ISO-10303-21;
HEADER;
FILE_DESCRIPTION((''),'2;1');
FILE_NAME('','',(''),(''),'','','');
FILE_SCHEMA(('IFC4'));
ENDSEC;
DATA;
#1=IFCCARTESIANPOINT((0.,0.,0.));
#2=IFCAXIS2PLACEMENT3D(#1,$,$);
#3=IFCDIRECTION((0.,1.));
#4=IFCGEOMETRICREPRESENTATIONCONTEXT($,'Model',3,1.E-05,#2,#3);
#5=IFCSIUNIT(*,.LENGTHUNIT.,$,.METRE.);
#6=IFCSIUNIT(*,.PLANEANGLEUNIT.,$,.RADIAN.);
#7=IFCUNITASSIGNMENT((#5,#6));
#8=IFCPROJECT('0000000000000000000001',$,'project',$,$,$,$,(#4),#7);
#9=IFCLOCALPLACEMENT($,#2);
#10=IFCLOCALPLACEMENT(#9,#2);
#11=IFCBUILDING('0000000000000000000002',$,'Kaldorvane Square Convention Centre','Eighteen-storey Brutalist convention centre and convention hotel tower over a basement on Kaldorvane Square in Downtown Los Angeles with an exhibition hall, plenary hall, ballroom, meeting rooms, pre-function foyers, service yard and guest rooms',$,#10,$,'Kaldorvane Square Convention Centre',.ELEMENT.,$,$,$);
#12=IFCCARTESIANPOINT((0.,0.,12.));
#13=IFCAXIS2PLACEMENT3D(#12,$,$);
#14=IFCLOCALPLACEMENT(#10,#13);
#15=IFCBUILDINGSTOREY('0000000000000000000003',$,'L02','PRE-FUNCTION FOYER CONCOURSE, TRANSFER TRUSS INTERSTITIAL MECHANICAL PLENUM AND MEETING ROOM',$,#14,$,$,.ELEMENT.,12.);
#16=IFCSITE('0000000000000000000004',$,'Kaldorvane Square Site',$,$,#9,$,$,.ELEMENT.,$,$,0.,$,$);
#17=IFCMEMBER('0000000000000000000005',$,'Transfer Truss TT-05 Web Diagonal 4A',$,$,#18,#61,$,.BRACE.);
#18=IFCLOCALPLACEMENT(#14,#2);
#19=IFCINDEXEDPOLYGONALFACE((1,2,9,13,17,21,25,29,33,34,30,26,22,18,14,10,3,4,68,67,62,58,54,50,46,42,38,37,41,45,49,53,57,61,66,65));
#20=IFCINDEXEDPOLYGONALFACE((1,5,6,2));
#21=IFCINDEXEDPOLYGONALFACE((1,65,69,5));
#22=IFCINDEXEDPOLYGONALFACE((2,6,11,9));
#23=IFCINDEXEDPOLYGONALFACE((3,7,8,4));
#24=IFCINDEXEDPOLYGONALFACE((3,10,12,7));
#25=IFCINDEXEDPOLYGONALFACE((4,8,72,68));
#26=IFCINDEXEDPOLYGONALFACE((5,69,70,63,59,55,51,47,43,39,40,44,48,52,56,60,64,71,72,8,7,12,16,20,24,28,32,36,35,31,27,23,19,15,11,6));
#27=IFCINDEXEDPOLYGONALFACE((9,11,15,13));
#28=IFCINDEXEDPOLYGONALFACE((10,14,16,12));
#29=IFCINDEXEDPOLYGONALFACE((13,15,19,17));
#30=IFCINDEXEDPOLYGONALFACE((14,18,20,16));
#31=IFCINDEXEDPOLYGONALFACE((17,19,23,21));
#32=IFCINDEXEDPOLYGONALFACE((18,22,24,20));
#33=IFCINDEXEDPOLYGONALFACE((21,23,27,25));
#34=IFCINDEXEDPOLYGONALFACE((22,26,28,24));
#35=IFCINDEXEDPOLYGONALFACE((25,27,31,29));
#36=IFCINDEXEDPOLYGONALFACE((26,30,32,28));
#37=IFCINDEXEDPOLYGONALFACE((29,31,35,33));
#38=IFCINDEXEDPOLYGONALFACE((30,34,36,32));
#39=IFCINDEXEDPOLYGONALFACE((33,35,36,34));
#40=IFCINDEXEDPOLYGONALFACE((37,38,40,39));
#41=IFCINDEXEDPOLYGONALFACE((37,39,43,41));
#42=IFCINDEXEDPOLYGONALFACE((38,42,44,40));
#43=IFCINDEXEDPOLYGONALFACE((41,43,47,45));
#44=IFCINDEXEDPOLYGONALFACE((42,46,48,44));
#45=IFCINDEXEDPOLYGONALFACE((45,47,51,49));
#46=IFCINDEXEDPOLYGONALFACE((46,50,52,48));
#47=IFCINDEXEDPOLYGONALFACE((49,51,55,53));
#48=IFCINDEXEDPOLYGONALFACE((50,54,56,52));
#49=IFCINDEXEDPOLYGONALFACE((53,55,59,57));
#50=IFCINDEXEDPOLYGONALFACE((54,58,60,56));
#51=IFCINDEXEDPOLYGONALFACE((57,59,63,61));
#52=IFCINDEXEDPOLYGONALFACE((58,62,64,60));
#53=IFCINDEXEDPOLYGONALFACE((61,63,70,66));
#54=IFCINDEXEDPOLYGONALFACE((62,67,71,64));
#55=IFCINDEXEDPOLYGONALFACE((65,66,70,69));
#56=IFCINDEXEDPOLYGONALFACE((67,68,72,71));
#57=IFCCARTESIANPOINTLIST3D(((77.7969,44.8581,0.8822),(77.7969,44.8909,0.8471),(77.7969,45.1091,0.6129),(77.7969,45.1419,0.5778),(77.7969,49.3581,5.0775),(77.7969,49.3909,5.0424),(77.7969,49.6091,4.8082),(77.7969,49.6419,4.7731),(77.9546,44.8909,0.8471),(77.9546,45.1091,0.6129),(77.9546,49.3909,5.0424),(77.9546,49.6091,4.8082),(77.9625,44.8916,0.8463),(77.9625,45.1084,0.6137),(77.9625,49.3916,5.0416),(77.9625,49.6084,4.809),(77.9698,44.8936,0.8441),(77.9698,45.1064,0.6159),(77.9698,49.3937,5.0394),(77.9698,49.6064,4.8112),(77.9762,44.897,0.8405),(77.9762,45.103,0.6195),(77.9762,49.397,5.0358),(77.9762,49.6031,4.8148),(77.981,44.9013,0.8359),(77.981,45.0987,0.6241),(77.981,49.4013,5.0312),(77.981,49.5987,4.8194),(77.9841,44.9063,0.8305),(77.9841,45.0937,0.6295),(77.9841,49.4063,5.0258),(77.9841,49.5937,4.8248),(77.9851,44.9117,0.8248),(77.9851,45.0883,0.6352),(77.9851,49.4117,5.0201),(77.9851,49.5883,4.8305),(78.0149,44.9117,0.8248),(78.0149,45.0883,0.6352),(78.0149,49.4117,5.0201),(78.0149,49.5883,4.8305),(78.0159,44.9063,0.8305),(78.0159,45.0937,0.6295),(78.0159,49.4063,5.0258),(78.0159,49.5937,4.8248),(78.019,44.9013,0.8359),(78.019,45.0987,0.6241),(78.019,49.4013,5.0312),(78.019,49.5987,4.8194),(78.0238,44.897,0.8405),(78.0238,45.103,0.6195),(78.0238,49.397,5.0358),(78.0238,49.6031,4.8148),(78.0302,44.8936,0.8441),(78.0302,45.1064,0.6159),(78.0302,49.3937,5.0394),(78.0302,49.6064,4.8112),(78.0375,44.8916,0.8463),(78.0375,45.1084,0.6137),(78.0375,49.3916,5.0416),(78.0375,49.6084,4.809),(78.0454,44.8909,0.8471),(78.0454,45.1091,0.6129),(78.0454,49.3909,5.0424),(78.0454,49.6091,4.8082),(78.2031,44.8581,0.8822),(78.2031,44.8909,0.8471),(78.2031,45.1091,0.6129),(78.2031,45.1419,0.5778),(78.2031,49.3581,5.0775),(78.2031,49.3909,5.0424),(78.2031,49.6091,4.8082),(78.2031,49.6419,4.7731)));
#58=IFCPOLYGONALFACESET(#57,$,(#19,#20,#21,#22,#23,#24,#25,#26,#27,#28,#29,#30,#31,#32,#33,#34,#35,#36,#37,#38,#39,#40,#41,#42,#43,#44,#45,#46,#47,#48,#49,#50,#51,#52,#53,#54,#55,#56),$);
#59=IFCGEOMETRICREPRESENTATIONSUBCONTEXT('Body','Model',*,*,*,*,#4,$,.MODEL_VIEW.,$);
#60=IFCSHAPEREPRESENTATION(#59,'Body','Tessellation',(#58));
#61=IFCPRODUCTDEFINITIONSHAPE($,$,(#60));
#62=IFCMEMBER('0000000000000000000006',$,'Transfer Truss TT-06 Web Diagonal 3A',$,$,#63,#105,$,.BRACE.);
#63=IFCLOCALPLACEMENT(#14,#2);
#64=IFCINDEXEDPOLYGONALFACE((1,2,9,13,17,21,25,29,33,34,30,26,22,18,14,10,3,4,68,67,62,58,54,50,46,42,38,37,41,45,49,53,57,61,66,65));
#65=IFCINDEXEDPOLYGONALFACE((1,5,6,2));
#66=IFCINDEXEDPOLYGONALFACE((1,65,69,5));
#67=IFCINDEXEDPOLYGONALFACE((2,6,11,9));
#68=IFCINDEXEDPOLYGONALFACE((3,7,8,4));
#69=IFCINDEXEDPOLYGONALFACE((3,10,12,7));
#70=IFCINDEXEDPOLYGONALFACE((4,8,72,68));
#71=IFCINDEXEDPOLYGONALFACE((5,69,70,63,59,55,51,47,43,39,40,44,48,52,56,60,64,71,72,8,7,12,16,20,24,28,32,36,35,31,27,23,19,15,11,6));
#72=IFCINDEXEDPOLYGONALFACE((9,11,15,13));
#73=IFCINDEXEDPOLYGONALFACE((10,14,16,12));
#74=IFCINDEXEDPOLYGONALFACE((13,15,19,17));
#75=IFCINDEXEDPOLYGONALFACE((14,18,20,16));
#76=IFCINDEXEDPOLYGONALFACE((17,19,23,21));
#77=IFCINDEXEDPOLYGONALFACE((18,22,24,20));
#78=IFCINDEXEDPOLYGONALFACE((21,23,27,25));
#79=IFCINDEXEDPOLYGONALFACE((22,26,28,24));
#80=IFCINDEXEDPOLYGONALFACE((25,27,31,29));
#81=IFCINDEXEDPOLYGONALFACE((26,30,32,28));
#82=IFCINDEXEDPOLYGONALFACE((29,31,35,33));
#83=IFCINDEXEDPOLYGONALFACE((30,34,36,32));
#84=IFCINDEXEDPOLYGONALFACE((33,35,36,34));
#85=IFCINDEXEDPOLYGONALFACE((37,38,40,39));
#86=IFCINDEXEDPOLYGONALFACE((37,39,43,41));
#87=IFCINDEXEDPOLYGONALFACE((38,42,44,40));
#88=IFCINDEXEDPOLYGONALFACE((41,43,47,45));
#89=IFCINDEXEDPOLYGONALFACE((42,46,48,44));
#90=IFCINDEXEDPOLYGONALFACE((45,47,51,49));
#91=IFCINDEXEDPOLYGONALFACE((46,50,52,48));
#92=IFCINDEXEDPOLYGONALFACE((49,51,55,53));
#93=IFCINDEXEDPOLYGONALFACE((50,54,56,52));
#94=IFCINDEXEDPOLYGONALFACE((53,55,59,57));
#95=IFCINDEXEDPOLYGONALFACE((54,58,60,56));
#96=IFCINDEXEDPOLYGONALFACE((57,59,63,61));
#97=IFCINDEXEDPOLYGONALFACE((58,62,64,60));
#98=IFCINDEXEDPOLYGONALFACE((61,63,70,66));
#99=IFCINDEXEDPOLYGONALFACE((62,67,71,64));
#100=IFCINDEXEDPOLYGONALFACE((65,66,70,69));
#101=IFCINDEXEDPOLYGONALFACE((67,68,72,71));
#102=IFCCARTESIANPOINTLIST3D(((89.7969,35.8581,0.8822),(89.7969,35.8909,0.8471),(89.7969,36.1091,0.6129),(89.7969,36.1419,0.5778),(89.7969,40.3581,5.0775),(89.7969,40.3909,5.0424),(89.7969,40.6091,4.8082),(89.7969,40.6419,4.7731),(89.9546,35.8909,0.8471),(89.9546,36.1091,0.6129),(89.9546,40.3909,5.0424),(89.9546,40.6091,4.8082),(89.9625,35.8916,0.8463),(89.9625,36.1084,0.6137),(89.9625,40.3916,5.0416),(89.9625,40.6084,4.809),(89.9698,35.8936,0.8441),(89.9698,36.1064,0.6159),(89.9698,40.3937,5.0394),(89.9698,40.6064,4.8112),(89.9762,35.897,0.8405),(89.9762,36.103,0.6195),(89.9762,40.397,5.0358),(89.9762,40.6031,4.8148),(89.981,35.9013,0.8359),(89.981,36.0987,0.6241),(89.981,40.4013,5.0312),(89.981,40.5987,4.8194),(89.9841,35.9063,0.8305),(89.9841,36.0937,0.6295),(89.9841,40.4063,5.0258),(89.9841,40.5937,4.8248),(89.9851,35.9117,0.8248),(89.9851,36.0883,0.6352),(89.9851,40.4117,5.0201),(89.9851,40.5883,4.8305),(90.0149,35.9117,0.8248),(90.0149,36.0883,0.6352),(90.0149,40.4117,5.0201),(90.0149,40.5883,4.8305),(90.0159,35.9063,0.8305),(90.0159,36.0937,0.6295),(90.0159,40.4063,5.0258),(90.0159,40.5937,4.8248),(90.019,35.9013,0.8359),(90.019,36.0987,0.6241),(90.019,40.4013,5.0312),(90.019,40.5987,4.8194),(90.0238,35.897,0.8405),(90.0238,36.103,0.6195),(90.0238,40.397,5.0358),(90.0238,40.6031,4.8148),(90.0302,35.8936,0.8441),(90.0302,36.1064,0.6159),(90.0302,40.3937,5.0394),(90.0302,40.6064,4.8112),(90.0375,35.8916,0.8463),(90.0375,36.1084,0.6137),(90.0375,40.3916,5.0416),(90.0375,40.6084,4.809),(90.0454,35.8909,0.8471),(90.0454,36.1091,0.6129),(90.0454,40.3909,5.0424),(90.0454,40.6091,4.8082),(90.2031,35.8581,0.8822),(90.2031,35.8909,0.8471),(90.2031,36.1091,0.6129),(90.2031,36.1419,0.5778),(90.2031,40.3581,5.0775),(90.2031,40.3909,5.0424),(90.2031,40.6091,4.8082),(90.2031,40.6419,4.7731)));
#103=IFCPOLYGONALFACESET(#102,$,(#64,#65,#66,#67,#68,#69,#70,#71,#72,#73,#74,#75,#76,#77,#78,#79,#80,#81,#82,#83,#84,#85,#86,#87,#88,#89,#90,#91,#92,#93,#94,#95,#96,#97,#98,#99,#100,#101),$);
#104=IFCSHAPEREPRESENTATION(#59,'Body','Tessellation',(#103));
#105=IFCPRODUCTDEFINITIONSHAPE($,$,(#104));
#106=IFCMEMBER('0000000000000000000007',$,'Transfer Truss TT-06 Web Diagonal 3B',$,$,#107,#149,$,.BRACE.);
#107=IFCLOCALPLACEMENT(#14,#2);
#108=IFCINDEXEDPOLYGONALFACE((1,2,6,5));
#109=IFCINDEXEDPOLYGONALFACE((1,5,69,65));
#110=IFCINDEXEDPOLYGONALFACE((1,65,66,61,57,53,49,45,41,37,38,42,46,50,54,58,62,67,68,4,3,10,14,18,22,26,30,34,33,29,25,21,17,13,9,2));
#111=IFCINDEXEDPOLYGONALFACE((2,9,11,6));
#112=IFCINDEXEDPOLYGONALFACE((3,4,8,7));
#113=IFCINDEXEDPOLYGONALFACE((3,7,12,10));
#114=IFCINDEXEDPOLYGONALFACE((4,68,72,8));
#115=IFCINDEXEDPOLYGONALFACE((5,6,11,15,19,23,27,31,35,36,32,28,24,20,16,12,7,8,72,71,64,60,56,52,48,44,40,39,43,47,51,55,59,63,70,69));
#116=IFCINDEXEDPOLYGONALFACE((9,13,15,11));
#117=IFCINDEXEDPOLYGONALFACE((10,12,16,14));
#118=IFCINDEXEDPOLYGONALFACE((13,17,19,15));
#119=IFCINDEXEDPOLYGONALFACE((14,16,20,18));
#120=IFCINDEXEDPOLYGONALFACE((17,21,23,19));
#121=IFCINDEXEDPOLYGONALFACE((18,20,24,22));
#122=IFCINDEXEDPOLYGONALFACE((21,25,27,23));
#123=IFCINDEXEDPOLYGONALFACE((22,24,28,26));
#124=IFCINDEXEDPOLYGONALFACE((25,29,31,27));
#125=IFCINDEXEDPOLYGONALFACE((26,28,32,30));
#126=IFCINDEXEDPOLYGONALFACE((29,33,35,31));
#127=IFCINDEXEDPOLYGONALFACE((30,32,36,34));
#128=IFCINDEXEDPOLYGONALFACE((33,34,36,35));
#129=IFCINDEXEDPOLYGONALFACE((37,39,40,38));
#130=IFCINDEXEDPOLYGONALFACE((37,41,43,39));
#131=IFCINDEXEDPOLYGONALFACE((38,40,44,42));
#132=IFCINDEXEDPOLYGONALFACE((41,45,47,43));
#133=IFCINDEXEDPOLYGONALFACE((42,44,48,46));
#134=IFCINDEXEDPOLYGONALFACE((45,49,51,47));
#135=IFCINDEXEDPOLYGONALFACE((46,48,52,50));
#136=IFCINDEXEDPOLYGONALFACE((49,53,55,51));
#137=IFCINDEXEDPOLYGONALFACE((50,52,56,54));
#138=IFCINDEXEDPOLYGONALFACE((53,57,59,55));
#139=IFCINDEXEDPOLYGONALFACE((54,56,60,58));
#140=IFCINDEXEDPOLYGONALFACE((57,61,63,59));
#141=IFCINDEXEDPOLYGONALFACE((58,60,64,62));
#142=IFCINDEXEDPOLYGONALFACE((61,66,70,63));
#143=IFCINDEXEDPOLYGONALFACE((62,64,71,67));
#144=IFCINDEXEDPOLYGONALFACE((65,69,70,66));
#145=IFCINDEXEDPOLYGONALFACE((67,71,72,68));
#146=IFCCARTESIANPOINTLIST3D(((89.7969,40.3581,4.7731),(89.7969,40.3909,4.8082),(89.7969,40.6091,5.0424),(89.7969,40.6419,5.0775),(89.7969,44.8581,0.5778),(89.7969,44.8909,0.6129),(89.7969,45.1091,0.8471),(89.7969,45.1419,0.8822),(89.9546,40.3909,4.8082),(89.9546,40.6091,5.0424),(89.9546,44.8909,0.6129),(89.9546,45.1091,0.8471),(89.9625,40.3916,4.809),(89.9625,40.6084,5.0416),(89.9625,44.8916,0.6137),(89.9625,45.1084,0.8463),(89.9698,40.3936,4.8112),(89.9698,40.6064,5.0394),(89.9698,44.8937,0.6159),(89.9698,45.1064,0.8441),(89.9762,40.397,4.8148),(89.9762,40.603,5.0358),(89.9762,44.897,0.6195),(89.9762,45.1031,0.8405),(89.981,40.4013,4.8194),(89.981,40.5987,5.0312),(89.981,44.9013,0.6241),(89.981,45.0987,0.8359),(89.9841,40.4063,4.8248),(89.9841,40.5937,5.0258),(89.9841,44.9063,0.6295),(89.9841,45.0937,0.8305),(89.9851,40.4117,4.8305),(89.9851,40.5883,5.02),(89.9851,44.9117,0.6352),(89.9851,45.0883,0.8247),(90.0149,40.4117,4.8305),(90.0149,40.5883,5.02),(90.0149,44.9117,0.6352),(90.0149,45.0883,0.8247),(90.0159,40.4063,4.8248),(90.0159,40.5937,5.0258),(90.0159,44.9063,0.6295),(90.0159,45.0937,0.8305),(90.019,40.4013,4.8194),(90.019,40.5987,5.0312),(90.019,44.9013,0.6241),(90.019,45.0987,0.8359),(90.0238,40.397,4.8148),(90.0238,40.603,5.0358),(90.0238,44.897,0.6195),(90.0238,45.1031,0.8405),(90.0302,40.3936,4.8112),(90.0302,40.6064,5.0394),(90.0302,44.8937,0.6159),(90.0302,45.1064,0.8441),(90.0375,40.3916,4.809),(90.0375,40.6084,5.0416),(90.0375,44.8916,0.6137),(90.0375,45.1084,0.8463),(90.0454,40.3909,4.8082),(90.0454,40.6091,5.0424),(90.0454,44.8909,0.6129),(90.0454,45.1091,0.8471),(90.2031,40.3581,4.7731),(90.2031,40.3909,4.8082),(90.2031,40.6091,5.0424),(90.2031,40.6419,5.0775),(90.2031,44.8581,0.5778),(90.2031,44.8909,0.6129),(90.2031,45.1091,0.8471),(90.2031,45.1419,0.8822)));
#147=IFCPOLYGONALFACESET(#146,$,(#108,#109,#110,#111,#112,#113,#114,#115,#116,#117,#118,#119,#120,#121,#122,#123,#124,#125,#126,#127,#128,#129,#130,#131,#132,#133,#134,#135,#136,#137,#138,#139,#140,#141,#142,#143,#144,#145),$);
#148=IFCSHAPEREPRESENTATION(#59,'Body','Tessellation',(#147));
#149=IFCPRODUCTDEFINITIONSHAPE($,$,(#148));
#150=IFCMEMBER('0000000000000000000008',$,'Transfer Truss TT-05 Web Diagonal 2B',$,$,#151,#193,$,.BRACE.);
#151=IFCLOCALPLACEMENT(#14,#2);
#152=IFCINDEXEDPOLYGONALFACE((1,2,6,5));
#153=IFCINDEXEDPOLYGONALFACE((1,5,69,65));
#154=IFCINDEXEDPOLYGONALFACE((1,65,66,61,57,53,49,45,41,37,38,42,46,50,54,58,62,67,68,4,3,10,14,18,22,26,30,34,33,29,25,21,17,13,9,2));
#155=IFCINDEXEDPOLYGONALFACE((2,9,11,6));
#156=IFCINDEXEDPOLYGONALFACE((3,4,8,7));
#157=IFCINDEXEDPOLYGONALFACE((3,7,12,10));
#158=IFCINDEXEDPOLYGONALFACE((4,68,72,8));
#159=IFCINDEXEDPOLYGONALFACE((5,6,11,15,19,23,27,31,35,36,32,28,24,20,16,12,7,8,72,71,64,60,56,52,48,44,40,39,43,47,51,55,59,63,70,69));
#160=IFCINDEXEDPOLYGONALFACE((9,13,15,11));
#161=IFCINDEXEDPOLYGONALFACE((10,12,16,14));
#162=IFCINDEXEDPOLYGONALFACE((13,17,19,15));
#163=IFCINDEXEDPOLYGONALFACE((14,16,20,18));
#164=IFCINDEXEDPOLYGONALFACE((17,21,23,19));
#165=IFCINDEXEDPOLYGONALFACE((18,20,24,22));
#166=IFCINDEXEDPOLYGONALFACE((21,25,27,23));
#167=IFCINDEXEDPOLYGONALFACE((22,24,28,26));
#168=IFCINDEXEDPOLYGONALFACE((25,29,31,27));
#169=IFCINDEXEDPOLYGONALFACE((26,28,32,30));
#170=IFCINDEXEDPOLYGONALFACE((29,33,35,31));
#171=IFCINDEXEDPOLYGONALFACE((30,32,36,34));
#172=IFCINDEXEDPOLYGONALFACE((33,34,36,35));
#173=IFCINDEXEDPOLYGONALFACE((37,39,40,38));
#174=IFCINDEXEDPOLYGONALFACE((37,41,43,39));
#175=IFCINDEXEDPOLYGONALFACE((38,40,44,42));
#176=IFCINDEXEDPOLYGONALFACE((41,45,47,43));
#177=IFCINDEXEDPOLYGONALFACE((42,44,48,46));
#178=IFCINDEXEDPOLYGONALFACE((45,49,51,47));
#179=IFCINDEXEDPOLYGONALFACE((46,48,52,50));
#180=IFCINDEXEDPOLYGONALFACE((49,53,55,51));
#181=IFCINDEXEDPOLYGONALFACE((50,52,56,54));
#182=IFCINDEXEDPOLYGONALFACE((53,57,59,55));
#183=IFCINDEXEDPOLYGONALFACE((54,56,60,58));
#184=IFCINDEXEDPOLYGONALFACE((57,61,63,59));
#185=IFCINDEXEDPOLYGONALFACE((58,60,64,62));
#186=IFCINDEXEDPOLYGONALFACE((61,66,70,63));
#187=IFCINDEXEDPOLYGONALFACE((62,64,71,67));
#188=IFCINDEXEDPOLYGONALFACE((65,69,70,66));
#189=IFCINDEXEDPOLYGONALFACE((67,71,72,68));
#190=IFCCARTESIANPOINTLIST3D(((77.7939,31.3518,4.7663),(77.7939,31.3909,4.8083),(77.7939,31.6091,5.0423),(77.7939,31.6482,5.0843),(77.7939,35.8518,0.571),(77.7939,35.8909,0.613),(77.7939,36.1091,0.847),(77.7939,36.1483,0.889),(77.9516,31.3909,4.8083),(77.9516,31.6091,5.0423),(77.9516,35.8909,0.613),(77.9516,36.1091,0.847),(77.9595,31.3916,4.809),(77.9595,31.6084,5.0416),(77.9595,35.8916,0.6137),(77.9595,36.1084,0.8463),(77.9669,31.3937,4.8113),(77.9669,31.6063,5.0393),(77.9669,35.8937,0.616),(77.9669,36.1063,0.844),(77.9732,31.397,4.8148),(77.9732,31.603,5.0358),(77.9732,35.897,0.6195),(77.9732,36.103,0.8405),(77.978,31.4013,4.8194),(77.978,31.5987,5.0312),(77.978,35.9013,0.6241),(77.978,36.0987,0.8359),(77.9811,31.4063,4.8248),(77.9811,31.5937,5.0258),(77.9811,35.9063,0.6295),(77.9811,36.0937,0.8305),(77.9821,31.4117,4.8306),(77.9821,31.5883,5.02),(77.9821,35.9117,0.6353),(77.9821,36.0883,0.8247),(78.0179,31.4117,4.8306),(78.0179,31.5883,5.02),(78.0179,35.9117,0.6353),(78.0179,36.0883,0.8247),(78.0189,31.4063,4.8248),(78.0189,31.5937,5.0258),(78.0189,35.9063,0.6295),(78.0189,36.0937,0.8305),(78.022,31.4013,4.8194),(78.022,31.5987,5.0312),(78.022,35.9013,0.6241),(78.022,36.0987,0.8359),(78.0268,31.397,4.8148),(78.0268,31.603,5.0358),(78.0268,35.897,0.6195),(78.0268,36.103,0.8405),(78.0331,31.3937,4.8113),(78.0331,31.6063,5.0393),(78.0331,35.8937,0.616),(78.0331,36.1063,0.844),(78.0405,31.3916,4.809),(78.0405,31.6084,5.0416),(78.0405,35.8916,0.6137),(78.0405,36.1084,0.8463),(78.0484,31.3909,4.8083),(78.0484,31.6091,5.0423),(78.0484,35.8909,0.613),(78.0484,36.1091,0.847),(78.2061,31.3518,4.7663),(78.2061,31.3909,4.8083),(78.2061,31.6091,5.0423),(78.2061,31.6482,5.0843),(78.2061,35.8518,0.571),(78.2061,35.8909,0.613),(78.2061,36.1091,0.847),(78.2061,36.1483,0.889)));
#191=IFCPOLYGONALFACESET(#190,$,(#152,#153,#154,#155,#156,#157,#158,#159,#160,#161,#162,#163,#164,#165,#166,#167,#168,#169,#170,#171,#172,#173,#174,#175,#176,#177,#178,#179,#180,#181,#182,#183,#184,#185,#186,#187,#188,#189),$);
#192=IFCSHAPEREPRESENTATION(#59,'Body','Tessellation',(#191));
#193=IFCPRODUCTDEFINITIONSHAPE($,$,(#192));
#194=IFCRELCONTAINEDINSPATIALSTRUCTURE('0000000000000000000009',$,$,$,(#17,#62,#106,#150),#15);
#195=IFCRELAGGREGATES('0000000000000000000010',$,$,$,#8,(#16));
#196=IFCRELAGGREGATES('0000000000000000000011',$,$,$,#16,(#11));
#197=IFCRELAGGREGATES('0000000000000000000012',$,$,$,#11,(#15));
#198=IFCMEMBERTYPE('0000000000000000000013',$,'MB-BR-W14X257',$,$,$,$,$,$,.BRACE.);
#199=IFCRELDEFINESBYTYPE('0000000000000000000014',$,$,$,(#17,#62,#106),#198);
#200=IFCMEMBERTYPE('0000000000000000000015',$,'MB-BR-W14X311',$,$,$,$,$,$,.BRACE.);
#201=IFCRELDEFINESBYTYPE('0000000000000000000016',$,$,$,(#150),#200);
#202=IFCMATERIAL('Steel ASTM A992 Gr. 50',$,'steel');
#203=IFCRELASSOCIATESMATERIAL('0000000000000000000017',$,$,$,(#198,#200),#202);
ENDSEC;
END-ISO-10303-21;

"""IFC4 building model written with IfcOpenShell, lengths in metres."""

from ifc_helpers import new_model, si_unit, direction, frame, origin, origin_2d, place, context, subcontext, project, spatial, i_section, extrude, material, material_profile, profile_set, type_object, element, save


model = new_model("IFC4")

# Units and contexts
model_context = context("Model", 3, precision=1e-05, world=origin(), true_north=direction((0.0, 1.0)))
body_context = subcontext(model_context, "Body", "Model", "MODEL_VIEW")
ifc_project = project(units=[si_unit("LENGTHUNIT", "METRE"), si_unit("PLANEANGLEUNIT", "RADIAN")], contexts=[model_context])

# Site, building, storey
site_placement = place(None, origin())
site = spatial("IfcSite", under=ifc_project, at=site_placement, Name="Kaldorvane Square Site", CompositionType="ELEMENT", RefElevation=0.0)
building_placement = place(site_placement, origin())
building = spatial("IfcBuilding", under=site, at=building_placement, Name="Kaldorvane Square Convention Centre", Description="Eighteen-storey Brutalist convention centre and convention hotel tower over a basement on Kaldorvane Square in Downtown Los Angeles with an exhibition hall, plenary hall, ballroom, meeting rooms, pre-function foyers, service yard and guest rooms", LongName="Kaldorvane Square Convention Centre", CompositionType="ELEMENT")
storey_placement = place(building_placement, frame((0.0, 0.0, 12.0)))
storey = spatial("IfcBuildingStorey", under=building, at=storey_placement, Name="L02", Description="PRE-FUNCTION FOYER CONCOURSE, TRANSFER TRUSS INTERSTITIAL MECHANICAL PLENUM AND MEETING ROOM", CompositionType="ELEMENT", Elevation=12.0)

# Shared definitions
ifc_material_1 = material(Name="Steel ASTM A992 Gr. 50", Category="steel")

# Members
ifc_material_profile_1 = material_profile(ifc_material_1, i_section(OverallWidth=0.4063, OverallDepth=0.4161, WebThickness=0.0298, FlangeThickness=0.048, FilletRadius=0.0305, at=origin_2d()), Name="W14X257")
ifc_profile_set_1 = profile_set([ifc_material_profile_1], Name="Steel ASTM A992 Gr. 50")
member_type_1 = type_object("IfcMemberType", Name="MB-BR-W14X257", PredefinedType="BRACE", material=ifc_profile_set_1)
for number, where, z_axis, x_axis, name in (
    (1, (78.0, 45.0, 0.73), (0.0, 0.731436, 0.68191), (-1.0, 0.0, 0.0), "Transfer Truss TT-05 Web Diagonal 4A"),
    (2, (90.0, 36.0, 0.73), (0.0, 0.731436, 0.68191), (-1.0, 0.0, 0.0), "Transfer Truss TT-06 Web Diagonal 3A"),
    (3, (90.0, 40.5, 4.9253), (0.0, 0.731436, -0.68191), (-1.0, 0.0, 0.0), "Transfer Truss TT-06 Web Diagonal 3B"),
):
    element("IfcMember", number, at=place(storey_placement, frame(where, z_axis=z_axis, x_axis=x_axis)), inside=storey, type_object=member_type_1, Name=name, PredefinedType="BRACE", context=body_context, shape_type="SweptSolid", body=[
        extrude(i_section(OverallWidth=0.4063, OverallDepth=0.4161, WebThickness=0.0298, FlangeThickness=0.048, FilletRadius=0.0305, at=origin_2d()), origin(), (0.0, 0.0, 1.0), 6.1523),
    ])
ifc_material_profile_2 = material_profile(ifc_material_1, i_section(OverallWidth=0.4122, OverallDepth=0.4348, WebThickness=0.0358, FlangeThickness=0.0574, FilletRadius=0.0305, at=origin_2d()), Name="W14X311")
ifc_profile_set_2 = profile_set([ifc_material_profile_2], Name="Steel ASTM A992 Gr. 50")
member_type_2 = type_object("IfcMemberType", Name="MB-BR-W14X311", PredefinedType="BRACE", material=ifc_profile_set_2)
for number, where, z_axis, x_axis, name in (
    (4, (78.0, 31.5, 4.9253), (0.0, 0.731436, -0.68191), (-1.0, 0.0, 0.0), "Transfer Truss TT-05 Web Diagonal 2B"),
):
    element("IfcMember", number, at=place(storey_placement, frame(where, z_axis=z_axis, x_axis=x_axis)), inside=storey, type_object=member_type_2, Name=name, PredefinedType="BRACE", context=body_context, shape_type="SweptSolid", body=[
        extrude(i_section(OverallWidth=0.4122, OverallDepth=0.4348, WebThickness=0.0358, FlangeThickness=0.0574, FilletRadius=0.0305, at=origin_2d()), origin(), (0.0, 0.0, 1.0), 6.1523),
    ])

save(model, "model.ifc")
